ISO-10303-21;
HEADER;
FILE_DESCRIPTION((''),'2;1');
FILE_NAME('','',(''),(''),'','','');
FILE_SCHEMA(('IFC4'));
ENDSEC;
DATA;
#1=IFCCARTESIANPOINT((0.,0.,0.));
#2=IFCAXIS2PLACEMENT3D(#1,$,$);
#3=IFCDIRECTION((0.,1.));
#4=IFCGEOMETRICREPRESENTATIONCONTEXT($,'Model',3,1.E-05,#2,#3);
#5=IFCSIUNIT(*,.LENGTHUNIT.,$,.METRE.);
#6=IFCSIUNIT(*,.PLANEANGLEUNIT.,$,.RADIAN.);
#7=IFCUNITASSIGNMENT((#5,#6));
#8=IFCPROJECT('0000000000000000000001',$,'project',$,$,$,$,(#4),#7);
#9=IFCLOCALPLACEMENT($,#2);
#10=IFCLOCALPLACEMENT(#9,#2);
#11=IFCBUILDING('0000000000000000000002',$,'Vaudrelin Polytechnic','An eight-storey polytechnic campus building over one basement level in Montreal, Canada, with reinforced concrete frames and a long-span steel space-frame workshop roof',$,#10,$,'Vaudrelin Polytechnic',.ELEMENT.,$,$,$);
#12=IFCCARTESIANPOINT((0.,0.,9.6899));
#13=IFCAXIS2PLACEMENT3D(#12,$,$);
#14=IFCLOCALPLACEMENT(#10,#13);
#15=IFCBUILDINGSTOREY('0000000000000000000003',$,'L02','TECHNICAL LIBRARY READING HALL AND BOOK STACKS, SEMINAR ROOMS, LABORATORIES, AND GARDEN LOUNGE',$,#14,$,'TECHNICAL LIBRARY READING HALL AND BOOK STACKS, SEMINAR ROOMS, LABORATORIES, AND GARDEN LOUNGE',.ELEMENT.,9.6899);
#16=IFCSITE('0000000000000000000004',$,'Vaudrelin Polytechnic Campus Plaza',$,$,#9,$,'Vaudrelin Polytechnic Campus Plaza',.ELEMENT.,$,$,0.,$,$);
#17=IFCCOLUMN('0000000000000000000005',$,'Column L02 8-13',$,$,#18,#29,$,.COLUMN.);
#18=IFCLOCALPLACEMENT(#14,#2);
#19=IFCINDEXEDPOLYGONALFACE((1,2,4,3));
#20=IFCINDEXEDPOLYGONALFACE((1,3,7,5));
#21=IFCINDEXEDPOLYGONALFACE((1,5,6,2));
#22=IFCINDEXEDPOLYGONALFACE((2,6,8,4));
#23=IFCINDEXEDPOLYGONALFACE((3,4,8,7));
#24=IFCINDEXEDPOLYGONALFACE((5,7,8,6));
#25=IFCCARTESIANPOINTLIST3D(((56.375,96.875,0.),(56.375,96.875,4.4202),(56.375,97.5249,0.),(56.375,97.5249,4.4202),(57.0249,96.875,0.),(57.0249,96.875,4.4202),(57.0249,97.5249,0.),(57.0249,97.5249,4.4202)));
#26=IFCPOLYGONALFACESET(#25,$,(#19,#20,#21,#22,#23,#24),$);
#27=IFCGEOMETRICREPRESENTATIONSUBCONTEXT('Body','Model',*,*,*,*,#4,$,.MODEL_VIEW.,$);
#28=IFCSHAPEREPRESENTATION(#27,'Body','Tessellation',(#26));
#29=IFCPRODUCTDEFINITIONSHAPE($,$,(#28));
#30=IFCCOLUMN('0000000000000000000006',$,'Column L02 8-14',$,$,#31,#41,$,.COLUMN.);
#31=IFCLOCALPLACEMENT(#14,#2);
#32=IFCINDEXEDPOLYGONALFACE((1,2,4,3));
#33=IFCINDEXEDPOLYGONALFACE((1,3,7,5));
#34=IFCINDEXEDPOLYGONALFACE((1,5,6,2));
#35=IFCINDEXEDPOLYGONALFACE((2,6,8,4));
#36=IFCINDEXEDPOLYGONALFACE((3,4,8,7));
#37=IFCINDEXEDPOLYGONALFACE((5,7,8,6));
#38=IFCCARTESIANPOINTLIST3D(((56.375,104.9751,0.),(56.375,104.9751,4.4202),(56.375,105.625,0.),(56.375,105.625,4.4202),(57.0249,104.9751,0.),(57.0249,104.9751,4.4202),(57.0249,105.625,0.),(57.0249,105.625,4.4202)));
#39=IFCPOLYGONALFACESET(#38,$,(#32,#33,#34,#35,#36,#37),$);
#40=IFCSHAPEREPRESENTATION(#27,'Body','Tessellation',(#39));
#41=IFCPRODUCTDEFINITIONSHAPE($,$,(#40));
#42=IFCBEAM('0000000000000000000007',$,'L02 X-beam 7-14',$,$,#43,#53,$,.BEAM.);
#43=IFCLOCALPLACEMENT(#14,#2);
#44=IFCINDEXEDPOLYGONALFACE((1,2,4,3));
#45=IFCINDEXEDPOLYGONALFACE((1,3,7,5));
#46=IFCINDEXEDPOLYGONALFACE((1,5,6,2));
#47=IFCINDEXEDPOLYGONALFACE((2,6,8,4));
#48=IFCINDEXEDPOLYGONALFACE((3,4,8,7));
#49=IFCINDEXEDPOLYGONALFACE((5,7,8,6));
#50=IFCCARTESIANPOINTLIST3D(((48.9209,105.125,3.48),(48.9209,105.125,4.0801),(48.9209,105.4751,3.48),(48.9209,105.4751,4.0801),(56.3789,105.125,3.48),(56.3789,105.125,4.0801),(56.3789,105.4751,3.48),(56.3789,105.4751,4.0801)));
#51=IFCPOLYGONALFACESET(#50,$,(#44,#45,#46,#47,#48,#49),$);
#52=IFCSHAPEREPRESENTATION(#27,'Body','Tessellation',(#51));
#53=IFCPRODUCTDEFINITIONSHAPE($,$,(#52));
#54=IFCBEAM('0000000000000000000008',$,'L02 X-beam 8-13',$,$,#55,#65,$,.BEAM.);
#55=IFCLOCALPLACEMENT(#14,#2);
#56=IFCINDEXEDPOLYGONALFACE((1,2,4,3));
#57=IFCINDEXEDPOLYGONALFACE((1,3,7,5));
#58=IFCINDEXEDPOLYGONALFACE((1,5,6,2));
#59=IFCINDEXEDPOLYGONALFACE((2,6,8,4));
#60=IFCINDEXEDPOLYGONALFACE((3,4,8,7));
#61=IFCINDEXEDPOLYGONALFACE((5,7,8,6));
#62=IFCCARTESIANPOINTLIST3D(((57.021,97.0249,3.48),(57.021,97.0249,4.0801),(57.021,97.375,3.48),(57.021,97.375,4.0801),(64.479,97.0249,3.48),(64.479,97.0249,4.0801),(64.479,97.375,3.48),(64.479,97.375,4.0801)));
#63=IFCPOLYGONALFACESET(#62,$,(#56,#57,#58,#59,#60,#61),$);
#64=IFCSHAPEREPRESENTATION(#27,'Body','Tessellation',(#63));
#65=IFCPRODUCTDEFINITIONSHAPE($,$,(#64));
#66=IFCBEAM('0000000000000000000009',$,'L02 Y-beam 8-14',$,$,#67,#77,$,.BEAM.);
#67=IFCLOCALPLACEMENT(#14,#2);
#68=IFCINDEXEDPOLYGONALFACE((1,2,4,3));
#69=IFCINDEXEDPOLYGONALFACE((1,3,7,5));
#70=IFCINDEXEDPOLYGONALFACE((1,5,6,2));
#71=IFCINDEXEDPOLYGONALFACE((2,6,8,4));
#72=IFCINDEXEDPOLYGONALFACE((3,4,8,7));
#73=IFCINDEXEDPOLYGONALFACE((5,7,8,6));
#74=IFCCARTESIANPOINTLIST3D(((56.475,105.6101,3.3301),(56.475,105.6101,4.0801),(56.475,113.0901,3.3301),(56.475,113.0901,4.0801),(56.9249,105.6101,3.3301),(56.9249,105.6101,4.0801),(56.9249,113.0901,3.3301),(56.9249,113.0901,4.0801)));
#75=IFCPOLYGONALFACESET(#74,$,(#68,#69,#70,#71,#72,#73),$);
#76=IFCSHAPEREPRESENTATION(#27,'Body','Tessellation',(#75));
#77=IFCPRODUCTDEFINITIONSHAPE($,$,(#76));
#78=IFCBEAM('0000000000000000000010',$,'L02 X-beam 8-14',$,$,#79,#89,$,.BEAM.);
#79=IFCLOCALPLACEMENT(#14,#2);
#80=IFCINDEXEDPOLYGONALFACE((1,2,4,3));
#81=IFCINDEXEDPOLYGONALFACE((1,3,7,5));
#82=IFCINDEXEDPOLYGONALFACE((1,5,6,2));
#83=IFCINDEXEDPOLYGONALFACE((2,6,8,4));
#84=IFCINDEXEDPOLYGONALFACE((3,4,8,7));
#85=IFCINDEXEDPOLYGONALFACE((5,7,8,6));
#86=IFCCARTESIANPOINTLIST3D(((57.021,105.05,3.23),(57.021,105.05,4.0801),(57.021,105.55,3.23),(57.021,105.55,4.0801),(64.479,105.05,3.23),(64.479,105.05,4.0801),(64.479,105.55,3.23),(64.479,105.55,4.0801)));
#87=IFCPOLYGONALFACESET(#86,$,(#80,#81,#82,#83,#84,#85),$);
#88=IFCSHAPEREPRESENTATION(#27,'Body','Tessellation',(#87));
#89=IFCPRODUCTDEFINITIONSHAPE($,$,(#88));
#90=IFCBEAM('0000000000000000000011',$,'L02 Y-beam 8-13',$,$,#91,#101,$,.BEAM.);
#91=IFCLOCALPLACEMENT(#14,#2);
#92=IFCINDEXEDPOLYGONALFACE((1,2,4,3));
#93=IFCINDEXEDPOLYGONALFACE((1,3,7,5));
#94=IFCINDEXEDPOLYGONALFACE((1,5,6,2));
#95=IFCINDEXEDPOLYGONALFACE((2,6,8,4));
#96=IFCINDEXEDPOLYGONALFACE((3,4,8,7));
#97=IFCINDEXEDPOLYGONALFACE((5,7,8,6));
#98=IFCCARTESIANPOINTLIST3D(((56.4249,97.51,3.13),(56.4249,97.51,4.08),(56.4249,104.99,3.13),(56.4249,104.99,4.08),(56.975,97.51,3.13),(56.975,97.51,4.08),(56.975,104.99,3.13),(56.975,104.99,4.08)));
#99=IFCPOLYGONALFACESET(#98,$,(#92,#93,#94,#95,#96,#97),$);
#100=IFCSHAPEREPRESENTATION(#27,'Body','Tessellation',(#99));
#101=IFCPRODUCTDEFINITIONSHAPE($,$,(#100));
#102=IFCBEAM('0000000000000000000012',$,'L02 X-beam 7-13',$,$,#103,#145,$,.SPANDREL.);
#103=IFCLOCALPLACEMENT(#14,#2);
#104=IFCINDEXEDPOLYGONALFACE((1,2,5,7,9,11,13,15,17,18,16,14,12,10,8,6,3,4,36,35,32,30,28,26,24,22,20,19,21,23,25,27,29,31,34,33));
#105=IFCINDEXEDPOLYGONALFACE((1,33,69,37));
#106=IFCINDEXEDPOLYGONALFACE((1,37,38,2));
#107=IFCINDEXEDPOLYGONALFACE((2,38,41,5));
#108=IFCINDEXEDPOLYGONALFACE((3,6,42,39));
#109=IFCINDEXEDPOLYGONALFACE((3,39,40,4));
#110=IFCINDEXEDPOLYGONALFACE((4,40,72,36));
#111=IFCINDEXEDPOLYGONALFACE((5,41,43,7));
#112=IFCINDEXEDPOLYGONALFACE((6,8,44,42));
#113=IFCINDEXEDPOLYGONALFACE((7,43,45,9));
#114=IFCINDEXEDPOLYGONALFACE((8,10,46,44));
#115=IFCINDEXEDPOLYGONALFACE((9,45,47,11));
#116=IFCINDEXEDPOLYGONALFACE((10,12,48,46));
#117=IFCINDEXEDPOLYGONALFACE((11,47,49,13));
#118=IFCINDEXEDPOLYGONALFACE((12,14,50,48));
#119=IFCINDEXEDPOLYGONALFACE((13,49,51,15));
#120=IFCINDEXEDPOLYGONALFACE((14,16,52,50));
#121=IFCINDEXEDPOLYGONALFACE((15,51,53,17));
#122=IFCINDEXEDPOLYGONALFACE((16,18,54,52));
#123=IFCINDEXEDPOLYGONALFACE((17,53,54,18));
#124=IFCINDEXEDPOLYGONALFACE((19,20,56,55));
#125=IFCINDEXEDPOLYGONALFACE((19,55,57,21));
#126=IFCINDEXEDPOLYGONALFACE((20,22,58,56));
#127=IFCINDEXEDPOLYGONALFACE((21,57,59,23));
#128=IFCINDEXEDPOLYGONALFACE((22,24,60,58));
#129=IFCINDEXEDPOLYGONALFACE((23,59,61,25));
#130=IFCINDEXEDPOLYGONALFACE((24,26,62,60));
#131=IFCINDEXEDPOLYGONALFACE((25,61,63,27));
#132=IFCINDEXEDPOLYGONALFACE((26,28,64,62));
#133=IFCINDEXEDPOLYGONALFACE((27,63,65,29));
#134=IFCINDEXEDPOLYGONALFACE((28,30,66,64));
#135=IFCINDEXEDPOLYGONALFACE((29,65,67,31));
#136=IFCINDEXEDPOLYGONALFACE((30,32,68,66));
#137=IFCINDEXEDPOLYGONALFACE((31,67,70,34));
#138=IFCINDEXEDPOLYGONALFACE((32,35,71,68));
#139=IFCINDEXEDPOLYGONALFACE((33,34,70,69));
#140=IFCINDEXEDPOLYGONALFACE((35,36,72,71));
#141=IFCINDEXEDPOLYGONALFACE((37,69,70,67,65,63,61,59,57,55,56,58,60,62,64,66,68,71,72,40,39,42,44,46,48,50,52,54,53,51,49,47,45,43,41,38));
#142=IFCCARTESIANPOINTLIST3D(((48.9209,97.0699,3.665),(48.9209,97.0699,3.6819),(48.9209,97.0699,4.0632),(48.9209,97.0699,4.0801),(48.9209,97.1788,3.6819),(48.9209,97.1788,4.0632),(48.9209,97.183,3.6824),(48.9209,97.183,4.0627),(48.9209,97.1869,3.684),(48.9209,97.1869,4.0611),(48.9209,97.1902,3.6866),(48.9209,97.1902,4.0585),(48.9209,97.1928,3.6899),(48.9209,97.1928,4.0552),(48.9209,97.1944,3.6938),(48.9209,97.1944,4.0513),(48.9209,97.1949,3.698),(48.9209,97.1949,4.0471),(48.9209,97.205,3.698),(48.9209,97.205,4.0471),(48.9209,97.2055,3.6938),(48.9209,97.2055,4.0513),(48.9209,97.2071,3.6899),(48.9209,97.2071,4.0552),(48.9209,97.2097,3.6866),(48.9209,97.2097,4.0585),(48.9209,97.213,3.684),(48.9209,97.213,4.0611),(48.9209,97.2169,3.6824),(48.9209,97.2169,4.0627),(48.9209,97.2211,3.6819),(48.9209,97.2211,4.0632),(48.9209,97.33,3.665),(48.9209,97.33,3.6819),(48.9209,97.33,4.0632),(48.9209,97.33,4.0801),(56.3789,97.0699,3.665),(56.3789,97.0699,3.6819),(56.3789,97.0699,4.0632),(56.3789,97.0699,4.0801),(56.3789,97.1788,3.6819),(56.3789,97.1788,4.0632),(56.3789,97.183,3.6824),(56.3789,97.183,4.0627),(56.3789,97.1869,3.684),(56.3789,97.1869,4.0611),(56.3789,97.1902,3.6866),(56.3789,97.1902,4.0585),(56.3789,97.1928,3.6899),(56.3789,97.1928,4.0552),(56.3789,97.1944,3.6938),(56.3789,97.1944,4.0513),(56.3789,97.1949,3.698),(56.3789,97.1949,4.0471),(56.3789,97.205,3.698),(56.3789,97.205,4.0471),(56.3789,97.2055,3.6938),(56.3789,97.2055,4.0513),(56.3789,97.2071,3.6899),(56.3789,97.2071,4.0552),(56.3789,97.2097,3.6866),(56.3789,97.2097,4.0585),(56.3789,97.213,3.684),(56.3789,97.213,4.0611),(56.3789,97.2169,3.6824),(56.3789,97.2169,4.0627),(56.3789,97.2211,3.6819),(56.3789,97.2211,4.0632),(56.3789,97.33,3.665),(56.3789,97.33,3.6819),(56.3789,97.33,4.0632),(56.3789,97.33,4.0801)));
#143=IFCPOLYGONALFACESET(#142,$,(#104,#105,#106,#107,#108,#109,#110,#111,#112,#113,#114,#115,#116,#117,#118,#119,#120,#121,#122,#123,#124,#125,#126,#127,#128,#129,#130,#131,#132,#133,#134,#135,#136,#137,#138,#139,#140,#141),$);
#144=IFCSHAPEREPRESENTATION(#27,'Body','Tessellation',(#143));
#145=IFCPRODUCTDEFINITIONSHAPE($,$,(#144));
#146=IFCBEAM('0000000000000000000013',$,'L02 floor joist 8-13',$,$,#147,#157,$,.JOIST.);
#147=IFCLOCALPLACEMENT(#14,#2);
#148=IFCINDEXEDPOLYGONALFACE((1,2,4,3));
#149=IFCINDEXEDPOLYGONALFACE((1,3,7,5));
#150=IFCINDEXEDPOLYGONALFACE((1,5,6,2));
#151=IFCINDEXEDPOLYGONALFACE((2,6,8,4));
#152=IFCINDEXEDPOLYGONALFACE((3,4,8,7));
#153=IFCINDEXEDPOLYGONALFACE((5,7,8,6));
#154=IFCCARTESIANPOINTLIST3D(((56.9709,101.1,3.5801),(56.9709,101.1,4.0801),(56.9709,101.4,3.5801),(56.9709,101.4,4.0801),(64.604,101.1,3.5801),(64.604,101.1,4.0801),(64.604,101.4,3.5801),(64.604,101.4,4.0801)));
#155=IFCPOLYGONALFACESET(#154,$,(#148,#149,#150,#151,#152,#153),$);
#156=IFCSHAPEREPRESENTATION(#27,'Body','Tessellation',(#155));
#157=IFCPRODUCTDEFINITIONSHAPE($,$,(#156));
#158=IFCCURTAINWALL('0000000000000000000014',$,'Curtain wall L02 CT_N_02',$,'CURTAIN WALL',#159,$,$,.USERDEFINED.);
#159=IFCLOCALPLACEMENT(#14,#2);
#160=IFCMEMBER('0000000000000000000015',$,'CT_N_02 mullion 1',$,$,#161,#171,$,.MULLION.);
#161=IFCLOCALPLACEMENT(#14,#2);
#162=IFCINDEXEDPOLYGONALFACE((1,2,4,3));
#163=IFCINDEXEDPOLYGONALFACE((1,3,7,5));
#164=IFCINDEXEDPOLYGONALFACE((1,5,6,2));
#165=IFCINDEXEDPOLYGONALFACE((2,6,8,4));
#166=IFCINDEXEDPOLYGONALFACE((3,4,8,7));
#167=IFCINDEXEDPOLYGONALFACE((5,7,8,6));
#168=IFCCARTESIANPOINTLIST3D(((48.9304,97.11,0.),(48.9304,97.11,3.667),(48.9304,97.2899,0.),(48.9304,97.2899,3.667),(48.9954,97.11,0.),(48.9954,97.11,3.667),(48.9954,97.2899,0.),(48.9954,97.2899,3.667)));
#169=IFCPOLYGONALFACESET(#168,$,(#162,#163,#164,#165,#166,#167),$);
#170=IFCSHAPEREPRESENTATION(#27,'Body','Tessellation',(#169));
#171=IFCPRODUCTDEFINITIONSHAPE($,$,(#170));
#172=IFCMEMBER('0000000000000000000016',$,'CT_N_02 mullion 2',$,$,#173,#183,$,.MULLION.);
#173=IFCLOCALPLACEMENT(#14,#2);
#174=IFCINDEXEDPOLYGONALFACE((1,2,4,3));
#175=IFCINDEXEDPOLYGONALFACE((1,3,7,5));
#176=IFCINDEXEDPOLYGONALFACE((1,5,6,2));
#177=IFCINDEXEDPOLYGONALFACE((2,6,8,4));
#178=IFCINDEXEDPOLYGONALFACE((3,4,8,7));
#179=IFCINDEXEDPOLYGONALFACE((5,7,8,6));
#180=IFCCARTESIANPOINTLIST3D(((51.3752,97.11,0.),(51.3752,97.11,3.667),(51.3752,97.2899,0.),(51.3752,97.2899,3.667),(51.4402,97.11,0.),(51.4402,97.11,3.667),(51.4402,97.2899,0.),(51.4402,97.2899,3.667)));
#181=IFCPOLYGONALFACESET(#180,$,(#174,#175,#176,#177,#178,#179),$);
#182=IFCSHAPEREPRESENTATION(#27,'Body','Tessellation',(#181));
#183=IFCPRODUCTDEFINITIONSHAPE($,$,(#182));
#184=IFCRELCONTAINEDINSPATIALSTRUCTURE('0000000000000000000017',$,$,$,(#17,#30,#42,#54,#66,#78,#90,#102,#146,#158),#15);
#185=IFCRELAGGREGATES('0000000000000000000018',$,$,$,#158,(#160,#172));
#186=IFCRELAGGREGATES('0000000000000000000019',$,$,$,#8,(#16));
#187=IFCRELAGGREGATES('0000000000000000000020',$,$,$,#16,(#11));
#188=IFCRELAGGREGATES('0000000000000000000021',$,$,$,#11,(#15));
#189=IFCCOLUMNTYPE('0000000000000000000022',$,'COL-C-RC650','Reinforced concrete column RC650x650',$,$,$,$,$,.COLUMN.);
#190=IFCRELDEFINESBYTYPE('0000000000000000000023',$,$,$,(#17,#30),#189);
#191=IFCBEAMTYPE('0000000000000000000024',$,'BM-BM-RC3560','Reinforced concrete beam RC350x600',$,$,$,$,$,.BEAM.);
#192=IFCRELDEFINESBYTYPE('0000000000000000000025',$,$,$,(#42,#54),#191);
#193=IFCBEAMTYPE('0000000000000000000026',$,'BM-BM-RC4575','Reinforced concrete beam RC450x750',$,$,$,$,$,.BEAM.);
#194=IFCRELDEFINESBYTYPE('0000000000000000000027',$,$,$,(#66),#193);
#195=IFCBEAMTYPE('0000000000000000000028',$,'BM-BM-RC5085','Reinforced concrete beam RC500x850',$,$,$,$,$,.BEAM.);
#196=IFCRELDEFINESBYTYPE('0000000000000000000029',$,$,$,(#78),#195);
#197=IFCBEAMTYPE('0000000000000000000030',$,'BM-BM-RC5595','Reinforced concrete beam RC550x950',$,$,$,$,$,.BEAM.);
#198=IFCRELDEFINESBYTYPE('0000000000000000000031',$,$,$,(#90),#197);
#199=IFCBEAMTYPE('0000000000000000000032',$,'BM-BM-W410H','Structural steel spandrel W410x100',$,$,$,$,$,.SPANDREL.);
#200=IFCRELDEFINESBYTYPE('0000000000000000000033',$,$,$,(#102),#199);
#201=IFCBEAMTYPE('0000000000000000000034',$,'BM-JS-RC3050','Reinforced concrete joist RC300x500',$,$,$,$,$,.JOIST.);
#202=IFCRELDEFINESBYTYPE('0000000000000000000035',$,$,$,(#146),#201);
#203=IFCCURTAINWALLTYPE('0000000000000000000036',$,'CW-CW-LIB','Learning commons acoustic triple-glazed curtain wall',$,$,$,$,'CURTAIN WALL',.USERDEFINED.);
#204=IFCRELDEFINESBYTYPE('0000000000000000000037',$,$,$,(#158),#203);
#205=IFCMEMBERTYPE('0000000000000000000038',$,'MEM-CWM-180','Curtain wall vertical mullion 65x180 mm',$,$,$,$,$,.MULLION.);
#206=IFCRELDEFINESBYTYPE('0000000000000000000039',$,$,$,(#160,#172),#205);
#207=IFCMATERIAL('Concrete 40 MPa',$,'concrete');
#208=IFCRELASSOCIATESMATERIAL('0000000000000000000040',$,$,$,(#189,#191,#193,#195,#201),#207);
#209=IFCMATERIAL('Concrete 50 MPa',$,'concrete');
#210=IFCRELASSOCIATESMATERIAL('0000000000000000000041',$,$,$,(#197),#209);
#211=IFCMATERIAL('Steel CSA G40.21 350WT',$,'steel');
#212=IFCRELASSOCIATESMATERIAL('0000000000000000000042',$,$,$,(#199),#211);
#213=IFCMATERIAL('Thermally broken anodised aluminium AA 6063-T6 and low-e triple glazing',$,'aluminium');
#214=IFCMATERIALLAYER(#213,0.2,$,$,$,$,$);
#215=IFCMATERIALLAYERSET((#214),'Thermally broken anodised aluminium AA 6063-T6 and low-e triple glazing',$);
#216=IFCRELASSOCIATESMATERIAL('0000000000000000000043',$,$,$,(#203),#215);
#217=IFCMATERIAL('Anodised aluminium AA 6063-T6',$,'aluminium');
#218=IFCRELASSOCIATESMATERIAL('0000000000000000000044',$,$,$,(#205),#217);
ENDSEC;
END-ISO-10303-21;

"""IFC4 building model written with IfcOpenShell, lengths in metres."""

from ifc_helpers import new_model, si_unit, direction, frame, origin, origin_2d, place, context, subcontext, project, spatial, rectangle, i_section, extrude, material, layer, layer_set, material_profile, profile_set, type_object, element, aggregate, save


model = new_model("IFC4")

# Units and contexts
model_context = context("Model", 3, precision=1e-05, world=origin(), true_north=direction((0.0, 1.0)))
body_context = subcontext(model_context, "Body", "Model", "MODEL_VIEW")
ifc_project = project(units=[si_unit("LENGTHUNIT", "METRE"), si_unit("PLANEANGLEUNIT", "RADIAN")], contexts=[model_context])

# Site, building, storey
site_placement = place(None, origin())
site = spatial("IfcSite", under=ifc_project, at=site_placement, Name="Vaudrelin Polytechnic Campus Plaza", LongName="Vaudrelin Polytechnic Campus Plaza", CompositionType="ELEMENT", RefElevation=0.0)
building_placement = place(site_placement, origin())
building = spatial("IfcBuilding", under=site, at=building_placement, Name="Vaudrelin Polytechnic", Description="An eight-storey polytechnic campus building over one basement level in Montreal, Canada, with reinforced concrete frames and a long-span steel space-frame workshop roof", LongName="Vaudrelin Polytechnic", CompositionType="ELEMENT")
storey_placement = place(building_placement, frame((0.0, 0.0, 9.6899)))
storey = spatial("IfcBuildingStorey", under=building, at=storey_placement, Name="L02", Description="TECHNICAL LIBRARY READING HALL AND BOOK STACKS, SEMINAR ROOMS, LABORATORIES, AND GARDEN LOUNGE", LongName="TECHNICAL LIBRARY READING HALL AND BOOK STACKS, SEMINAR ROOMS, LABORATORIES, AND GARDEN LOUNGE", CompositionType="ELEMENT", Elevation=9.6899)

# Columns
ifc_material_1 = material(Name="Concrete 40 MPa", Category="concrete")
ifc_material_profile_1 = material_profile(ifc_material_1, rectangle(XDim=0.6499, YDim=0.6499, at=origin_2d()), Name="RC650x650")
ifc_profile_set_1 = profile_set([ifc_material_profile_1], Name="Concrete 40 MPa")
column_type = type_object("IfcColumnType", Name="COL-C-RC650", Description="Reinforced concrete column RC650x650", PredefinedType="COLUMN", material=ifc_profile_set_1)
for number, where, z_axis, x_axis, name in (
    (1, (56.7, 97.2, 0.0), (0.0, 0.0, 1.0), (1.0, 0.0, 0.0), "Column L02 8-13"),
    (2, (56.7, 105.3, 0.0), (0.0, 0.0, 1.0), (1.0, 0.0, 0.0), "Column L02 8-14"),
):
    element("IfcColumn", number, at=place(storey_placement, frame(where, z_axis=z_axis, x_axis=x_axis)), inside=storey, type_object=column_type, Name=name, PredefinedType="COLUMN", context=body_context, shape_type="SweptSolid", body=[
        extrude(rectangle(XDim=0.6499, YDim=0.6499, at=origin_2d()), origin(), (0.0, 0.0, 1.0), 4.4202),
    ])

# Beams
ifc_material_profile_2 = material_profile(ifc_material_1, rectangle(XDim=0.3501, YDim=0.6001, at=origin_2d()), Name="RC350x600")
ifc_profile_set_2 = profile_set([ifc_material_profile_2], Name="Concrete 40 MPa")
beam_type_1 = type_object("IfcBeamType", Name="BM-BM-RC3560", Description="Reinforced concrete beam RC350x600", PredefinedType="BEAM", material=ifc_profile_set_2)
for number, where, z_axis, x_axis, name in (
    (3, (48.9209, 105.3, 3.78), (1.0, 0.0, 0.0), (0.0, 1.0, 0.0), "L02 X-beam 7-14"),
    (4, (57.021, 97.2, 3.78), (1.0, 0.0, 0.0), (0.0, 1.0, 0.0), "L02 X-beam 8-13"),
):
    element("IfcBeam", number, at=place(storey_placement, frame(where, z_axis=z_axis, x_axis=x_axis)), inside=storey, type_object=beam_type_1, Name=name, PredefinedType="BEAM", context=body_context, shape_type="SweptSolid", body=[
        extrude(rectangle(XDim=0.3501, YDim=0.6001, at=origin_2d()), origin(), (0.0, 0.0, 1.0), 7.458),
    ])
ifc_material_profile_3 = material_profile(ifc_material_1, rectangle(XDim=0.45, YDim=0.75, at=origin_2d()), Name="RC450x750")
ifc_profile_set_3 = profile_set([ifc_material_profile_3], Name="Concrete 40 MPa")
beam_type_2 = type_object("IfcBeamType", Name="BM-BM-RC4575", Description="Reinforced concrete beam RC450x750", PredefinedType="BEAM", material=ifc_profile_set_3)
beam_1_placement = place(storey_placement, frame((56.7, 105.6101, 3.7051), z_axis=(0.0, 1.0, 0.0), x_axis=(-1.0, 0.0, 0.0)))
element("IfcBeam", 5, at=beam_1_placement, inside=storey, type_object=beam_type_2, Name="L02 Y-beam 8-14", PredefinedType="BEAM", context=body_context, shape_type="SweptSolid", body=[
    extrude(rectangle(XDim=0.45, YDim=0.75, at=origin_2d()), origin(), (0.0, 0.0, 1.0), 7.48),
])
ifc_material_profile_4 = material_profile(ifc_material_1, rectangle(XDim=0.5, YDim=0.8501, at=origin_2d()), Name="RC500x850")
ifc_profile_set_4 = profile_set([ifc_material_profile_4], Name="Concrete 40 MPa")
beam_type_3 = type_object("IfcBeamType", Name="BM-BM-RC5085", Description="Reinforced concrete beam RC500x850", PredefinedType="BEAM", material=ifc_profile_set_4)
beam_2_placement = place(storey_placement, frame((57.021, 105.3, 3.655), z_axis=(1.0, 0.0, 0.0), x_axis=(0.0, 1.0, 0.0)))
element("IfcBeam", 6, at=beam_2_placement, inside=storey, type_object=beam_type_3, Name="L02 X-beam 8-14", PredefinedType="BEAM", context=body_context, shape_type="SweptSolid", body=[
    extrude(rectangle(XDim=0.5, YDim=0.8501, at=origin_2d()), origin(), (0.0, 0.0, 1.0), 7.458),
])
ifc_material_2 = material(Name="Concrete 50 MPa", Category="concrete")
ifc_material_profile_5 = material_profile(ifc_material_2, rectangle(XDim=0.55, YDim=0.95, at=origin_2d()), Name="RC550x950")
ifc_profile_set_5 = profile_set([ifc_material_profile_5], Name="Concrete 50 MPa")
beam_type_4 = type_object("IfcBeamType", Name="BM-BM-RC5595", Description="Reinforced concrete beam RC550x950", PredefinedType="BEAM", material=ifc_profile_set_5)
beam_3_placement = place(storey_placement, frame((56.7, 97.51, 3.605), z_axis=(0.0, 1.0, 0.0), x_axis=(-1.0, 0.0, 0.0)))
element("IfcBeam", 7, at=beam_3_placement, inside=storey, type_object=beam_type_4, Name="L02 Y-beam 8-13", PredefinedType="BEAM", context=body_context, shape_type="SweptSolid", body=[
    extrude(rectangle(XDim=0.55, YDim=0.95, at=origin_2d()), origin(), (0.0, 0.0, 1.0), 7.48),
])
ifc_material_3 = material(Name="Steel CSA G40.21 350WT", Category="steel")
ifc_material_profile_6 = material_profile(ifc_material_3, i_section(OverallWidth=0.26, OverallDepth=0.415, WebThickness=0.01, FlangeThickness=0.0168, FilletRadius=0.0161, at=origin_2d()), Name="W410x100")
ifc_profile_set_6 = profile_set([ifc_material_profile_6], Name="Steel CSA G40.21 350WT")
beam_type_5 = type_object("IfcBeamType", Name="BM-BM-W410H", Description="Structural steel spandrel W410x100", PredefinedType="SPANDREL", material=ifc_profile_set_6)
beam_4_placement = place(storey_placement, frame((48.9209, 97.2, 3.8726), z_axis=(1.0, 0.0, 0.0), x_axis=(0.0, 1.0, 0.0)))
element("IfcBeam", 8, at=beam_4_placement, inside=storey, type_object=beam_type_5, Name="L02 X-beam 7-13", PredefinedType="SPANDREL", context=body_context, shape_type="SweptSolid", body=[
    extrude(i_section(OverallWidth=0.26, OverallDepth=0.415, WebThickness=0.01, FlangeThickness=0.0168, FilletRadius=0.0161, at=origin_2d()), origin(), (0.0, 0.0, 1.0), 7.458),
])
ifc_material_profile_7 = material_profile(ifc_material_1, rectangle(XDim=0.3, YDim=0.5, at=origin_2d()), Name="RC300x500")
ifc_profile_set_7 = profile_set([ifc_material_profile_7], Name="Concrete 40 MPa")
beam_type_6 = type_object("IfcBeamType", Name="BM-JS-RC3050", Description="Reinforced concrete joist RC300x500", PredefinedType="JOIST", material=ifc_profile_set_7)
beam_5_placement = place(storey_placement, frame((56.9709, 101.25, 3.8301), z_axis=(1.0, 0.0, 0.0), x_axis=(0.0, 1.0, 0.0)))
element("IfcBeam", 9, at=beam_5_placement, inside=storey, type_object=beam_type_6, Name="L02 floor joist 8-13", PredefinedType="JOIST", context=body_context, shape_type="SweptSolid", body=[
    extrude(rectangle(XDim=0.3, YDim=0.5, at=origin_2d()), origin(), (0.0, 0.0, 1.0), 7.6331),
])

# Curtain wall, members
ifc_material_4 = material(Name="Thermally broken anodised aluminium AA 6063-T6 and low-e triple glazing", Category="aluminium")
ifc_layer_1 = layer(ifc_material_4, 0.2)
ifc_layer_set_1 = layer_set([ifc_layer_1], Name="Thermally broken anodised aluminium AA 6063-T6 and low-e triple glazing")
curtain_wall_type = type_object("IfcCurtainWallType", Name="CW-CW-LIB", Description="Learning commons acoustic triple-glazed curtain wall", ElementType="CURTAIN WALL", PredefinedType="USERDEFINED", material=ifc_layer_set_1)
curtain_wall_1_placement = place(storey_placement, origin())
curtain_wall_1 = element("IfcCurtainWall", 10, at=curtain_wall_1_placement, inside=storey, type_object=curtain_wall_type, Name="Curtain wall L02 CT_N_02", ObjectType="CURTAIN WALL", PredefinedType="USERDEFINED")
ifc_material_5 = material(Name="Anodised aluminium AA 6063-T6", Category="aluminium")
ifc_material_profile_8 = material_profile(ifc_material_5, rectangle(XDim=0.0649, YDim=0.1799, at=origin_2d()), Name="CWM-65x180")
ifc_profile_set_8 = profile_set([ifc_material_profile_8], Name="Anodised aluminium AA 6063-T6")
member_type_1 = type_object("IfcMemberType", Name="MEM-CWM-180", Description="Curtain wall vertical mullion 65x180 mm", PredefinedType="MULLION", material=ifc_profile_set_8)
member_1_placement = place(storey_placement, frame((48.9629, 97.2, 0.0), z_axis=(0.0, 0.0, 1.0), x_axis=(1.0, 0.0, 0.0)))
member_1 = element("IfcMember", 11, at=member_1_placement, type_object=member_type_1, Name="CT_N_02 mullion 1", PredefinedType="MULLION", context=body_context, shape_type="SweptSolid", body=[
    extrude(rectangle(XDim=0.0649, YDim=0.1799, at=origin_2d()), origin(), (0.0, 0.0, 1.0), 3.667),
])
member_2_placement = place(storey_placement, frame((51.4077, 97.2, 0.0), z_axis=(0.0, 0.0, 1.0), x_axis=(1.0, 0.0, 0.0)))
member_2 = element("IfcMember", 12, at=member_2_placement, type_object=member_type_1, Name="CT_N_02 mullion 2", PredefinedType="MULLION", context=body_context, shape_type="SweptSolid", body=[
    extrude(rectangle(XDim=0.0649, YDim=0.1799, at=origin_2d()), origin(), (0.0, 0.0, 1.0), 3.667),
])

aggregate(curtain_wall_1, [member_1, member_2])

save(model, "model.ifc")
